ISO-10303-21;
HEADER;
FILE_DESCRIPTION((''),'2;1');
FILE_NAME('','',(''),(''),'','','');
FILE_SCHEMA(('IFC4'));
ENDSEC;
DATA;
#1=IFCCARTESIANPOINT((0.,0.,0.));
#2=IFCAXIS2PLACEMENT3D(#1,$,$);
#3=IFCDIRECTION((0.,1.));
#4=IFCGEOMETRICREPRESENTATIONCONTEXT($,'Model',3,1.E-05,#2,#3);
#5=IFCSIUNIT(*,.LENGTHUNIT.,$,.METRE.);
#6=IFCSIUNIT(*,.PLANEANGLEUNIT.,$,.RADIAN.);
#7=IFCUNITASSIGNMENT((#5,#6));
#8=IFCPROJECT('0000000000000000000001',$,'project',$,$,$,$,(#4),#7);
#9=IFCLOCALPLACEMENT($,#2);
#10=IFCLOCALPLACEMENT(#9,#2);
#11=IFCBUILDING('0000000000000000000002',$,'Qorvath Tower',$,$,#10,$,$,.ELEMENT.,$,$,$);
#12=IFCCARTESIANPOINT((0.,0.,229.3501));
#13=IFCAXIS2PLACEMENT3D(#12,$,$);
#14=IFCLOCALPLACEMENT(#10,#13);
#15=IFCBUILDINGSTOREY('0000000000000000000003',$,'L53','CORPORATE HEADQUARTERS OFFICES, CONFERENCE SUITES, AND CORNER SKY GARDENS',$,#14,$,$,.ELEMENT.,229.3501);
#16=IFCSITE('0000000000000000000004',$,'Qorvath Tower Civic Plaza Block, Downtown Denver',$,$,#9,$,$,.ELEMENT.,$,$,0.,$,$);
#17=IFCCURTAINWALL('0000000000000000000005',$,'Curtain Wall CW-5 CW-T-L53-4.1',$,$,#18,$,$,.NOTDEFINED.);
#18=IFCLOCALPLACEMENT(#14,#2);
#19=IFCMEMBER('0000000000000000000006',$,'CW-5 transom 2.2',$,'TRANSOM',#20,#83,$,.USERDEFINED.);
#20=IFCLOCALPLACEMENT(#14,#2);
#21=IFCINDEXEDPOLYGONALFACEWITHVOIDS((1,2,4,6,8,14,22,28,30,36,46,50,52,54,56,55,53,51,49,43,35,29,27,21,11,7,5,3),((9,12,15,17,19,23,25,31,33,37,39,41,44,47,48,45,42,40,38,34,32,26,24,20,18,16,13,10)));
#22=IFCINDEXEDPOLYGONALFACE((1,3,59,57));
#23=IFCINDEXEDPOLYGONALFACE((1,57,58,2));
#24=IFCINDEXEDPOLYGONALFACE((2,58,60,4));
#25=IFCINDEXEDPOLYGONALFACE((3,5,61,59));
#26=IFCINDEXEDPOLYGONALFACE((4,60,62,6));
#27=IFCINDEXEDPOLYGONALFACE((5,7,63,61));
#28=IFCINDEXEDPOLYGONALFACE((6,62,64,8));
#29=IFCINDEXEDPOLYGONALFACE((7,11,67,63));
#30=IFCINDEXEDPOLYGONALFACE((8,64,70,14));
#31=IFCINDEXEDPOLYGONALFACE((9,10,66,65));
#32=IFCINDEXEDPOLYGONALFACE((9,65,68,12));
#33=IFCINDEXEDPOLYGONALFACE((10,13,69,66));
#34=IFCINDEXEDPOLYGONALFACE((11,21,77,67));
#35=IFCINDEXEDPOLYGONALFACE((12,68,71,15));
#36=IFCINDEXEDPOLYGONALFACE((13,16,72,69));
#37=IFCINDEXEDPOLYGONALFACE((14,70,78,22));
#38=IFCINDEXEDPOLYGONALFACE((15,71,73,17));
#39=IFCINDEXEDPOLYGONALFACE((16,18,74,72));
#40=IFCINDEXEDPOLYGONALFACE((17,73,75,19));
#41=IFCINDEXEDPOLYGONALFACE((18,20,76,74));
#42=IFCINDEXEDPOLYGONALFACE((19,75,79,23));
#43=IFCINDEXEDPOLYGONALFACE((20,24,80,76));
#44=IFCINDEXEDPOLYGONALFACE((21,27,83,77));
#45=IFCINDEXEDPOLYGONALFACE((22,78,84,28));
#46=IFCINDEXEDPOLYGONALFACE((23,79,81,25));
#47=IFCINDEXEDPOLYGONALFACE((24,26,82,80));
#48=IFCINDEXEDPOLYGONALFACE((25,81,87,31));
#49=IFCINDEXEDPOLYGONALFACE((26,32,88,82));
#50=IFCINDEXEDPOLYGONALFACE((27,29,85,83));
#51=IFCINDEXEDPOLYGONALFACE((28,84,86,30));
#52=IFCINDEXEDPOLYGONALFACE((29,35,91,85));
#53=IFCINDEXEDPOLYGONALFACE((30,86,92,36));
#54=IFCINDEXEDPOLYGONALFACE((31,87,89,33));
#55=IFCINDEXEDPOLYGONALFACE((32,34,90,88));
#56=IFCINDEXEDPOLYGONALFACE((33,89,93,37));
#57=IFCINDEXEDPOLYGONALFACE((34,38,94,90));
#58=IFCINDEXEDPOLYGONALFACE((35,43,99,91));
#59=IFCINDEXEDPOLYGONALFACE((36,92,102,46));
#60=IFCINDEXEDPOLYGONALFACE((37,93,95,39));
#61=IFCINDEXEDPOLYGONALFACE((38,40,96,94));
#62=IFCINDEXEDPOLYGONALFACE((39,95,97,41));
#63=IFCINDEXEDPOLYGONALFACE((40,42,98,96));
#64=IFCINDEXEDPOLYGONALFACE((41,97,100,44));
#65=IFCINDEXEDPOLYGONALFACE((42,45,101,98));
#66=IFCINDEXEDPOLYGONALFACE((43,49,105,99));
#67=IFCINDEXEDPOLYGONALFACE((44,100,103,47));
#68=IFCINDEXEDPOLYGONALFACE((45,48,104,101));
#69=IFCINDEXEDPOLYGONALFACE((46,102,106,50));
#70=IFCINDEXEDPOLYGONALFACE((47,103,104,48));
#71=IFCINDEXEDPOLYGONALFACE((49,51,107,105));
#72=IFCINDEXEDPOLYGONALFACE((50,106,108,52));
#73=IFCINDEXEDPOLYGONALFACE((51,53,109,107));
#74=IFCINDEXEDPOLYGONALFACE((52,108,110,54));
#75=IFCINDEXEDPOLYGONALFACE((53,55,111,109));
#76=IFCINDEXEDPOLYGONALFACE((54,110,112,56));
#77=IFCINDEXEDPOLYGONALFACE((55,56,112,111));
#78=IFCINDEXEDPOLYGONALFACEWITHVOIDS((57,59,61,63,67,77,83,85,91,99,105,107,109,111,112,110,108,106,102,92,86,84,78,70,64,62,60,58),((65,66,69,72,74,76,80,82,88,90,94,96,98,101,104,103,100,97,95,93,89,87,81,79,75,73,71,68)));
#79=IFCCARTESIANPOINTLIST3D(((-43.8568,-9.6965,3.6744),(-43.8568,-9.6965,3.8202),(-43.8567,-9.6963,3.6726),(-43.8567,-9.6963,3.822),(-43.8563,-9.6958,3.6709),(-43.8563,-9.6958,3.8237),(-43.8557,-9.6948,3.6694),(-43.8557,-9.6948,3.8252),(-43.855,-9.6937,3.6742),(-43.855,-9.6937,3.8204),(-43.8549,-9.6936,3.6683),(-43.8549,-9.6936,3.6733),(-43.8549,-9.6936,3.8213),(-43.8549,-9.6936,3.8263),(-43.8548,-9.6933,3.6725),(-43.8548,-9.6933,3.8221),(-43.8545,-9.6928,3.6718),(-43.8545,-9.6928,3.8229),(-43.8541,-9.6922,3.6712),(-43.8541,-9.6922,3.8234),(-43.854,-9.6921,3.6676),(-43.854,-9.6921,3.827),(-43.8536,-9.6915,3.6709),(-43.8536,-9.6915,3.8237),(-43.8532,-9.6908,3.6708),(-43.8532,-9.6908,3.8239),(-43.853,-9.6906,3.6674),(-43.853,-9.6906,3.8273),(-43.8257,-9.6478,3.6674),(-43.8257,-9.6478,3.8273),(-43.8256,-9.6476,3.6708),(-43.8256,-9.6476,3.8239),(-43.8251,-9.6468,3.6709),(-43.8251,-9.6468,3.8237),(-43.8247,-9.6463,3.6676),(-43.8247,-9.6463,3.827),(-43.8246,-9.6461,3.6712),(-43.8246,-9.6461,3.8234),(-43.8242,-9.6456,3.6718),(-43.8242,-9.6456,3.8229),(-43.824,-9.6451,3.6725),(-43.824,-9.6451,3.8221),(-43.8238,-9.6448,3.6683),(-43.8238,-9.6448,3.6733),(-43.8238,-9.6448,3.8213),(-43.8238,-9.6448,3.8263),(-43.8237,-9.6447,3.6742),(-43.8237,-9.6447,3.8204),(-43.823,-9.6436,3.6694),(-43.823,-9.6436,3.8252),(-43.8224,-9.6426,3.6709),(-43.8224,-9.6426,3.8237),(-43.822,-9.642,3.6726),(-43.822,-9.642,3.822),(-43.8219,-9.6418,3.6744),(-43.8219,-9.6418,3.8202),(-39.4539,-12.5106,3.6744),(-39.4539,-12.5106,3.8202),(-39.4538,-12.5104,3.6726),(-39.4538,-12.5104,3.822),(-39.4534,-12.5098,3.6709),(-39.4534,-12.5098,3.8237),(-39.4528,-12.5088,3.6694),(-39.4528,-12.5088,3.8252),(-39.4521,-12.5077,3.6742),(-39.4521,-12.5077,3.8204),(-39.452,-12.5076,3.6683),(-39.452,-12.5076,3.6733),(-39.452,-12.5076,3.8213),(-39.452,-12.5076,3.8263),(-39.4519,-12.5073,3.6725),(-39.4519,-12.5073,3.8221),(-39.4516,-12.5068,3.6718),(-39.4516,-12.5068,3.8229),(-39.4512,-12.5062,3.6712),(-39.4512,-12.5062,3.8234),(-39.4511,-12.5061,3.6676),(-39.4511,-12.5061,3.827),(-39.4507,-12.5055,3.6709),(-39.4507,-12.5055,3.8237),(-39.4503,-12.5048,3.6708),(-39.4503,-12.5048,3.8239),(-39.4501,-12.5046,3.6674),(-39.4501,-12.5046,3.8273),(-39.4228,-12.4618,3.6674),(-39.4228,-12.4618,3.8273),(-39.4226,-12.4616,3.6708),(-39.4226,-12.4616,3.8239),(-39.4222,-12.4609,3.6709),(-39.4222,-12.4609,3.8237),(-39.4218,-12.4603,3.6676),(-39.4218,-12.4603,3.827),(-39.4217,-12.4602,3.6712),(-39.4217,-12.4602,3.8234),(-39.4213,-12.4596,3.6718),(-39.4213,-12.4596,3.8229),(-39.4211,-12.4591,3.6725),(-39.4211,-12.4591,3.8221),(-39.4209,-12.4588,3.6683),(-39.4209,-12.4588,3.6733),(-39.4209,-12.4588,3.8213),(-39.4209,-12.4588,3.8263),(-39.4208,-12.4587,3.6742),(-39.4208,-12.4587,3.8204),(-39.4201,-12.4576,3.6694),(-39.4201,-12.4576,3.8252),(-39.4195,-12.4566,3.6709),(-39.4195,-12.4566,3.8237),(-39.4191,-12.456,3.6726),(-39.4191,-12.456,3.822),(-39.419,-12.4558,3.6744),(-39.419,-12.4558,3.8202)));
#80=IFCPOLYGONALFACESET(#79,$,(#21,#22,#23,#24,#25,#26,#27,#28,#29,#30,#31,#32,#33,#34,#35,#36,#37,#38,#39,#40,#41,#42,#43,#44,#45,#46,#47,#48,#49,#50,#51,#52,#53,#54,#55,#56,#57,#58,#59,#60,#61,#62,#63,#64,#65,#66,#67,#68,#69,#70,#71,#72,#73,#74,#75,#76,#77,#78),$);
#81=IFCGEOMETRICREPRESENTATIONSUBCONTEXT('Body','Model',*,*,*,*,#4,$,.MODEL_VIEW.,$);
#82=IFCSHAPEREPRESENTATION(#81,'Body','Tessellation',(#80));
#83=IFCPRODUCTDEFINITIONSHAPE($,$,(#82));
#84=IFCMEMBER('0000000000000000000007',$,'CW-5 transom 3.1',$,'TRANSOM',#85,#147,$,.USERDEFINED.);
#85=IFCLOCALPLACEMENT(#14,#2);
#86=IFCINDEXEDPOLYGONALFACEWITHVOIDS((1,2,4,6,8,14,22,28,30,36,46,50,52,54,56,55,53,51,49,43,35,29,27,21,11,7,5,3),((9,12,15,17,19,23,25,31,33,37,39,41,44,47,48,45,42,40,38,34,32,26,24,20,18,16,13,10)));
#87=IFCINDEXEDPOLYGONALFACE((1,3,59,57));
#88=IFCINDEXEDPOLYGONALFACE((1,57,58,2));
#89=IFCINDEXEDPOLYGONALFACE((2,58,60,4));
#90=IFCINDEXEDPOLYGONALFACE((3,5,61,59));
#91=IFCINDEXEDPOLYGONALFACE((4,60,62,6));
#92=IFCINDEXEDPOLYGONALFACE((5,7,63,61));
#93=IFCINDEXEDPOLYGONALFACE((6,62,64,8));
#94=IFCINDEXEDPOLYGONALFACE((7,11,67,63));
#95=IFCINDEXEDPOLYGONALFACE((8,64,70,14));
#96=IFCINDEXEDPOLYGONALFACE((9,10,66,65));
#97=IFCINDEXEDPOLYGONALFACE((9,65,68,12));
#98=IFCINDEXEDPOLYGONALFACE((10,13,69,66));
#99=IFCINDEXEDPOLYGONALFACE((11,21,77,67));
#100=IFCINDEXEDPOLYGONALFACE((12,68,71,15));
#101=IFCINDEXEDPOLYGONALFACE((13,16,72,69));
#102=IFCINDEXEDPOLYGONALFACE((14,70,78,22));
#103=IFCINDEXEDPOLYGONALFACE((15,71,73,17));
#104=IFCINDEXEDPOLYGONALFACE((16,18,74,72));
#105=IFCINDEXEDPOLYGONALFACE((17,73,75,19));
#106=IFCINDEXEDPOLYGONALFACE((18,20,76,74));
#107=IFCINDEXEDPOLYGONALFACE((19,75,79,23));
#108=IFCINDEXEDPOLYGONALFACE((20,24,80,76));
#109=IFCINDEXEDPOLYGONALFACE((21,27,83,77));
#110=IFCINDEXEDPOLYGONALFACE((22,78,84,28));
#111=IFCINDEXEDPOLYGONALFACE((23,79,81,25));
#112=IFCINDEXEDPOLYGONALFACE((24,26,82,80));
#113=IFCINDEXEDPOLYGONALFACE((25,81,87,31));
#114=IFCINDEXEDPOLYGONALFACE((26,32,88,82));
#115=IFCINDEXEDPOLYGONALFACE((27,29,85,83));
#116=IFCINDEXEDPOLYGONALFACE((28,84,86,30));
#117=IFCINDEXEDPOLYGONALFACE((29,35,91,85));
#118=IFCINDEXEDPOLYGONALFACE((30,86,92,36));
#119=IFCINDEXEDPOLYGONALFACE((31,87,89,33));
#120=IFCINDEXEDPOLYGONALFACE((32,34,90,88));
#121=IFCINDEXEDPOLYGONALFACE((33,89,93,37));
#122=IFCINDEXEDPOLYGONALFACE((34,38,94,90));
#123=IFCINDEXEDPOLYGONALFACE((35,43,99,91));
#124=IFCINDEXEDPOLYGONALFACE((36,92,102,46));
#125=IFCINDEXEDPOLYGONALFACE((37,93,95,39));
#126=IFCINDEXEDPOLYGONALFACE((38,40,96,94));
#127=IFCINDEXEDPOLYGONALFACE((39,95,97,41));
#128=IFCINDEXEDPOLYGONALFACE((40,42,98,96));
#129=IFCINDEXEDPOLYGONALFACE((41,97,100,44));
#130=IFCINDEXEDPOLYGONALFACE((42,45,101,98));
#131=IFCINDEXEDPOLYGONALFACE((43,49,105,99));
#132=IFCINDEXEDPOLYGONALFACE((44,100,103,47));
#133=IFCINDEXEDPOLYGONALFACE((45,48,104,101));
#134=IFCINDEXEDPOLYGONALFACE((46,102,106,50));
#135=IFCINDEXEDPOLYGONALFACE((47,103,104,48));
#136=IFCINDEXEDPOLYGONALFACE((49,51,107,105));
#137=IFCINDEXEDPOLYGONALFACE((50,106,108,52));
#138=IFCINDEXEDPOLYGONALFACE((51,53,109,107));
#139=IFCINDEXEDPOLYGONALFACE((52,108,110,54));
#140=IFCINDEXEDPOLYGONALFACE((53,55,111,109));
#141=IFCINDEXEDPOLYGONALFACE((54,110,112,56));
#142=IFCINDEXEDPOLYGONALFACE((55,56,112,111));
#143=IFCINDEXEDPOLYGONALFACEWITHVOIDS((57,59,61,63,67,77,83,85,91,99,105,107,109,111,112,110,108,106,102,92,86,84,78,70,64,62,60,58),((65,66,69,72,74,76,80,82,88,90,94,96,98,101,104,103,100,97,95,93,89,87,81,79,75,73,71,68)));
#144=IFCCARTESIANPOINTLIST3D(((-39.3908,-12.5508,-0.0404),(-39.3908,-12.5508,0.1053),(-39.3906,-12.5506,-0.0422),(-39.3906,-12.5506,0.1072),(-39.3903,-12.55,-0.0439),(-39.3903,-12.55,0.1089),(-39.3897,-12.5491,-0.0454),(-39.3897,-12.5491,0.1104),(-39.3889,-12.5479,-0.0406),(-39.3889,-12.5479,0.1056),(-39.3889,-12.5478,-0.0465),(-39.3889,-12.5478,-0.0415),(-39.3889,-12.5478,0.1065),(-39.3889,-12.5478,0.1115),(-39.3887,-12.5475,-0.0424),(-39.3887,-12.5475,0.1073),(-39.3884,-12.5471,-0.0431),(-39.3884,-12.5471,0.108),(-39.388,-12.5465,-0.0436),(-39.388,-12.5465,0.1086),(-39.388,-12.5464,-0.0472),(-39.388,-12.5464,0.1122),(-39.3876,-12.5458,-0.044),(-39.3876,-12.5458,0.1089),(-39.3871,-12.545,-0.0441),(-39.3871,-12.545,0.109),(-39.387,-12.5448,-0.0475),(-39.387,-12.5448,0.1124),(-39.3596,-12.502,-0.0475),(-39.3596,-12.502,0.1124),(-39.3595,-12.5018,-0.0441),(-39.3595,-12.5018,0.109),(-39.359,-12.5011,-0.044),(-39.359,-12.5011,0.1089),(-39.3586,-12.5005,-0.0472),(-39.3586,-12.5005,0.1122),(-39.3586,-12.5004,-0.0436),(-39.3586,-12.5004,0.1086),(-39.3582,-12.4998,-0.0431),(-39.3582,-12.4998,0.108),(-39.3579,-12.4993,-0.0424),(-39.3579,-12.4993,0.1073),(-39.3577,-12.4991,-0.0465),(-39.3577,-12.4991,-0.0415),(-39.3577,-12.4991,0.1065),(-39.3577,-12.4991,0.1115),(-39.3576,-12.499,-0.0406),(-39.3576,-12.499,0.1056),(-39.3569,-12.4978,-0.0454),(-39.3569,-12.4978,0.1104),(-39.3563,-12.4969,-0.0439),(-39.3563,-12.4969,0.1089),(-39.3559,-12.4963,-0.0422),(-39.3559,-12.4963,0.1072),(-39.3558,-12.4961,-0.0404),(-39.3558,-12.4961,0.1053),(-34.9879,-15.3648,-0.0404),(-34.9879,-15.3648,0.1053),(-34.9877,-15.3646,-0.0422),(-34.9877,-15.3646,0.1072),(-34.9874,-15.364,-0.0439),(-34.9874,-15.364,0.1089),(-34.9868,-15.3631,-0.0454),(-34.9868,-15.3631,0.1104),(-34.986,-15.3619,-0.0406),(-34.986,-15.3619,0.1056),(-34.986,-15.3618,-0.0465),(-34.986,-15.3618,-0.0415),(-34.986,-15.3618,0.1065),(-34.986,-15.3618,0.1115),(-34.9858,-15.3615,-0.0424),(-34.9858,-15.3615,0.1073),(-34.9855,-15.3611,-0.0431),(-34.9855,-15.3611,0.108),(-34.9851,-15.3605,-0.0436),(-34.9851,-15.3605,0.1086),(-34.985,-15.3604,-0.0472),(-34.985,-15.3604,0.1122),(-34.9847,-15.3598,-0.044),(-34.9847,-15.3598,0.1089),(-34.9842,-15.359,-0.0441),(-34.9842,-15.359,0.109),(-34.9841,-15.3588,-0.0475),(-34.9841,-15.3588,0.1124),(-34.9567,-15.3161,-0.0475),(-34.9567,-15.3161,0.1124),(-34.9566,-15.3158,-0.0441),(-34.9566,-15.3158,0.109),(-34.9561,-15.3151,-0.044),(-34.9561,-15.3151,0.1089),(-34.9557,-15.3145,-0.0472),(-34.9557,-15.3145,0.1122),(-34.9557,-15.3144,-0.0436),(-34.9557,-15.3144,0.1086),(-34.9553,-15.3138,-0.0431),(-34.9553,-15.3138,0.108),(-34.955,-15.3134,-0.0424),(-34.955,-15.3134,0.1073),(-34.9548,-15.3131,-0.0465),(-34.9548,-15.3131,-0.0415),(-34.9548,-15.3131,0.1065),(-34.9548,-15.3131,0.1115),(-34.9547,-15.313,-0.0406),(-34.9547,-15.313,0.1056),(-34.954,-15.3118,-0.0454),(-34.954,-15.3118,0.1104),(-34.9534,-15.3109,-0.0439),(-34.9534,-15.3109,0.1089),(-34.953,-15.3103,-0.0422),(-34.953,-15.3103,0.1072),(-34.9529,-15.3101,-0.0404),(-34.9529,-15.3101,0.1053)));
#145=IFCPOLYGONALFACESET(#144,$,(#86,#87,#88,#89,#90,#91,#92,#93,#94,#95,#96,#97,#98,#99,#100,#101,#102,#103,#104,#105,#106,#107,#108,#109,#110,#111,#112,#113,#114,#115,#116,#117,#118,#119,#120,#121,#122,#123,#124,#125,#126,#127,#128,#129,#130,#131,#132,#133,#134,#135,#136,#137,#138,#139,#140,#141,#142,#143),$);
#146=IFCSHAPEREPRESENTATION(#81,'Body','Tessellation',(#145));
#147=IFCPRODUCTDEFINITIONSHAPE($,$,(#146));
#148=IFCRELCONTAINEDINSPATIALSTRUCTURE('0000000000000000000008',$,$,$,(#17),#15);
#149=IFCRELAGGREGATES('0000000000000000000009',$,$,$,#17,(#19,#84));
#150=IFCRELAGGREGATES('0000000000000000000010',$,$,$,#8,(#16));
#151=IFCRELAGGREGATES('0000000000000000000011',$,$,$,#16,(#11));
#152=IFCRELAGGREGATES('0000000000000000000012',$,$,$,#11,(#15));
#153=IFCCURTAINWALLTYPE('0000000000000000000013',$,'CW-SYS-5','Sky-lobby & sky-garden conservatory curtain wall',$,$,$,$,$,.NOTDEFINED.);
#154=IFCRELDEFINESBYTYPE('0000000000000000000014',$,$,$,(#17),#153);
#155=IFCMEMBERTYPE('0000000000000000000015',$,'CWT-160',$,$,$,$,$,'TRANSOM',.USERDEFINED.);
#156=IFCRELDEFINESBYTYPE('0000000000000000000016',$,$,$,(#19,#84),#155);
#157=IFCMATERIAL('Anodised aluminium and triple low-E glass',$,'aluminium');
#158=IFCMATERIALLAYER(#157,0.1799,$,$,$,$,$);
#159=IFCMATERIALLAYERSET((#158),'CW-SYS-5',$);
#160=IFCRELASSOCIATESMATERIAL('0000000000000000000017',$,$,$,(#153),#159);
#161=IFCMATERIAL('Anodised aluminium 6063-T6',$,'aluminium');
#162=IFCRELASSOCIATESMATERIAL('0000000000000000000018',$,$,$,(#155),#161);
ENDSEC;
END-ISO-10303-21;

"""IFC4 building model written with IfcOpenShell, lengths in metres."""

from ifc_helpers import new_model, si_unit, direction, frame, origin, origin_2d, place, context, subcontext, project, spatial, hollow_rectangle, extrude, material, layer, layer_set, material_profile, profile_set, type_object, element, aggregate, save


model = new_model("IFC4")

# Units and contexts
model_context = context("Model", 3, precision=1e-05, world=origin(), true_north=direction((0.0, 1.0)))
body_context = subcontext(model_context, "Body", "Model", "MODEL_VIEW")
ifc_project = project(units=[si_unit("LENGTHUNIT", "METRE"), si_unit("PLANEANGLEUNIT", "RADIAN")], contexts=[model_context])

# Site, building, storey
site_placement = place(None, origin())
site = spatial("IfcSite", under=ifc_project, at=site_placement, Name="Qorvath Tower Civic Plaza Block, Downtown Denver", CompositionType="ELEMENT", RefElevation=0.0)
building_placement = place(site_placement, origin())
building = spatial("IfcBuilding", under=site, at=building_placement, Name="Qorvath Tower", CompositionType="ELEMENT")
storey_placement = place(building_placement, frame((0.0, 0.0, 229.3501)))
storey = spatial("IfcBuildingStorey", under=building, at=storey_placement, Name="L53", Description="CORPORATE HEADQUARTERS OFFICES, CONFERENCE SUITES, AND CORNER SKY GARDENS", CompositionType="ELEMENT", Elevation=229.3501)

# Curtain wall
ifc_material_1 = material(Name="Anodised aluminium and triple low-E glass", Category="aluminium")
ifc_layer_1 = layer(ifc_material_1, 0.1799)
ifc_layer_set_1 = layer_set([ifc_layer_1], Name="CW-SYS-5")
curtain_wall_type = type_object("IfcCurtainWallType", Name="CW-SYS-5", Description="Sky-lobby & sky-garden conservatory curtain wall", PredefinedType="NOTDEFINED", material=ifc_layer_set_1)
curtain_wall_1_placement = place(storey_placement, origin())
curtain_wall_1 = element("IfcCurtainWall", 1, at=curtain_wall_1_placement, inside=storey, type_object=curtain_wall_type, Name="Curtain Wall CW-5 CW-T-L53-4.1", PredefinedType="NOTDEFINED")

# Members
ifc_material_2 = material(Name="Anodised aluminium 6063-T6", Category="aluminium")
ifc_material_profile_1 = material_profile(ifc_material_2, hollow_rectangle(XDim=0.0649, YDim=0.1599, WallThickness=0.0034, InnerFilletRadius=0.0034, OuterFilletRadius=0.0071, at=origin_2d()), Name="CWT 160x65")
ifc_profile_set_1 = profile_set([ifc_material_profile_1], Name="Anodised aluminium 6063-T6")
member_type_1 = type_object("IfcMemberType", Name="CWT-160", ElementType="TRANSOM", PredefinedType="USERDEFINED", material=ifc_profile_set_1)
member_1_placement = place(storey_placement, frame((-43.8394, -9.6692, 3.7473), z_axis=(0.842606, -0.538531, 0.0), x_axis=(0.538531, 0.842606, 0.0)))
member_1 = element("IfcMember", 2, at=member_1_placement, type_object=member_type_1, Name="CW-5 transom 2.2", ObjectType="TRANSOM", PredefinedType="USERDEFINED", context=body_context, shape_type="SweptSolid", body=[
    extrude(hollow_rectangle(XDim=0.0649, YDim=0.1599, WallThickness=0.0034, InnerFilletRadius=0.0034, OuterFilletRadius=0.0071, at=origin_2d()), origin(), (0.0, 0.0, 1.0), 5.2253),
])
member_2_placement = place(storey_placement, frame((-39.3733, -12.5234, 0.0325), z_axis=(0.842606, -0.538531, 0.0), x_axis=(0.538531, 0.842606, 0.0)))
member_2 = element("IfcMember", 3, at=member_2_placement, type_object=member_type_1, Name="CW-5 transom 3.1", ObjectType="TRANSOM", PredefinedType="USERDEFINED", context=body_context, shape_type="SweptSolid", body=[
    extrude(hollow_rectangle(XDim=0.0649, YDim=0.1599, WallThickness=0.0034, InnerFilletRadius=0.0034, OuterFilletRadius=0.0071, at=origin_2d()), origin(), (0.0, 0.0, 1.0), 5.2253),
])

aggregate(curtain_wall_1, [member_1, member_2])

save(model, "model.ifc")
